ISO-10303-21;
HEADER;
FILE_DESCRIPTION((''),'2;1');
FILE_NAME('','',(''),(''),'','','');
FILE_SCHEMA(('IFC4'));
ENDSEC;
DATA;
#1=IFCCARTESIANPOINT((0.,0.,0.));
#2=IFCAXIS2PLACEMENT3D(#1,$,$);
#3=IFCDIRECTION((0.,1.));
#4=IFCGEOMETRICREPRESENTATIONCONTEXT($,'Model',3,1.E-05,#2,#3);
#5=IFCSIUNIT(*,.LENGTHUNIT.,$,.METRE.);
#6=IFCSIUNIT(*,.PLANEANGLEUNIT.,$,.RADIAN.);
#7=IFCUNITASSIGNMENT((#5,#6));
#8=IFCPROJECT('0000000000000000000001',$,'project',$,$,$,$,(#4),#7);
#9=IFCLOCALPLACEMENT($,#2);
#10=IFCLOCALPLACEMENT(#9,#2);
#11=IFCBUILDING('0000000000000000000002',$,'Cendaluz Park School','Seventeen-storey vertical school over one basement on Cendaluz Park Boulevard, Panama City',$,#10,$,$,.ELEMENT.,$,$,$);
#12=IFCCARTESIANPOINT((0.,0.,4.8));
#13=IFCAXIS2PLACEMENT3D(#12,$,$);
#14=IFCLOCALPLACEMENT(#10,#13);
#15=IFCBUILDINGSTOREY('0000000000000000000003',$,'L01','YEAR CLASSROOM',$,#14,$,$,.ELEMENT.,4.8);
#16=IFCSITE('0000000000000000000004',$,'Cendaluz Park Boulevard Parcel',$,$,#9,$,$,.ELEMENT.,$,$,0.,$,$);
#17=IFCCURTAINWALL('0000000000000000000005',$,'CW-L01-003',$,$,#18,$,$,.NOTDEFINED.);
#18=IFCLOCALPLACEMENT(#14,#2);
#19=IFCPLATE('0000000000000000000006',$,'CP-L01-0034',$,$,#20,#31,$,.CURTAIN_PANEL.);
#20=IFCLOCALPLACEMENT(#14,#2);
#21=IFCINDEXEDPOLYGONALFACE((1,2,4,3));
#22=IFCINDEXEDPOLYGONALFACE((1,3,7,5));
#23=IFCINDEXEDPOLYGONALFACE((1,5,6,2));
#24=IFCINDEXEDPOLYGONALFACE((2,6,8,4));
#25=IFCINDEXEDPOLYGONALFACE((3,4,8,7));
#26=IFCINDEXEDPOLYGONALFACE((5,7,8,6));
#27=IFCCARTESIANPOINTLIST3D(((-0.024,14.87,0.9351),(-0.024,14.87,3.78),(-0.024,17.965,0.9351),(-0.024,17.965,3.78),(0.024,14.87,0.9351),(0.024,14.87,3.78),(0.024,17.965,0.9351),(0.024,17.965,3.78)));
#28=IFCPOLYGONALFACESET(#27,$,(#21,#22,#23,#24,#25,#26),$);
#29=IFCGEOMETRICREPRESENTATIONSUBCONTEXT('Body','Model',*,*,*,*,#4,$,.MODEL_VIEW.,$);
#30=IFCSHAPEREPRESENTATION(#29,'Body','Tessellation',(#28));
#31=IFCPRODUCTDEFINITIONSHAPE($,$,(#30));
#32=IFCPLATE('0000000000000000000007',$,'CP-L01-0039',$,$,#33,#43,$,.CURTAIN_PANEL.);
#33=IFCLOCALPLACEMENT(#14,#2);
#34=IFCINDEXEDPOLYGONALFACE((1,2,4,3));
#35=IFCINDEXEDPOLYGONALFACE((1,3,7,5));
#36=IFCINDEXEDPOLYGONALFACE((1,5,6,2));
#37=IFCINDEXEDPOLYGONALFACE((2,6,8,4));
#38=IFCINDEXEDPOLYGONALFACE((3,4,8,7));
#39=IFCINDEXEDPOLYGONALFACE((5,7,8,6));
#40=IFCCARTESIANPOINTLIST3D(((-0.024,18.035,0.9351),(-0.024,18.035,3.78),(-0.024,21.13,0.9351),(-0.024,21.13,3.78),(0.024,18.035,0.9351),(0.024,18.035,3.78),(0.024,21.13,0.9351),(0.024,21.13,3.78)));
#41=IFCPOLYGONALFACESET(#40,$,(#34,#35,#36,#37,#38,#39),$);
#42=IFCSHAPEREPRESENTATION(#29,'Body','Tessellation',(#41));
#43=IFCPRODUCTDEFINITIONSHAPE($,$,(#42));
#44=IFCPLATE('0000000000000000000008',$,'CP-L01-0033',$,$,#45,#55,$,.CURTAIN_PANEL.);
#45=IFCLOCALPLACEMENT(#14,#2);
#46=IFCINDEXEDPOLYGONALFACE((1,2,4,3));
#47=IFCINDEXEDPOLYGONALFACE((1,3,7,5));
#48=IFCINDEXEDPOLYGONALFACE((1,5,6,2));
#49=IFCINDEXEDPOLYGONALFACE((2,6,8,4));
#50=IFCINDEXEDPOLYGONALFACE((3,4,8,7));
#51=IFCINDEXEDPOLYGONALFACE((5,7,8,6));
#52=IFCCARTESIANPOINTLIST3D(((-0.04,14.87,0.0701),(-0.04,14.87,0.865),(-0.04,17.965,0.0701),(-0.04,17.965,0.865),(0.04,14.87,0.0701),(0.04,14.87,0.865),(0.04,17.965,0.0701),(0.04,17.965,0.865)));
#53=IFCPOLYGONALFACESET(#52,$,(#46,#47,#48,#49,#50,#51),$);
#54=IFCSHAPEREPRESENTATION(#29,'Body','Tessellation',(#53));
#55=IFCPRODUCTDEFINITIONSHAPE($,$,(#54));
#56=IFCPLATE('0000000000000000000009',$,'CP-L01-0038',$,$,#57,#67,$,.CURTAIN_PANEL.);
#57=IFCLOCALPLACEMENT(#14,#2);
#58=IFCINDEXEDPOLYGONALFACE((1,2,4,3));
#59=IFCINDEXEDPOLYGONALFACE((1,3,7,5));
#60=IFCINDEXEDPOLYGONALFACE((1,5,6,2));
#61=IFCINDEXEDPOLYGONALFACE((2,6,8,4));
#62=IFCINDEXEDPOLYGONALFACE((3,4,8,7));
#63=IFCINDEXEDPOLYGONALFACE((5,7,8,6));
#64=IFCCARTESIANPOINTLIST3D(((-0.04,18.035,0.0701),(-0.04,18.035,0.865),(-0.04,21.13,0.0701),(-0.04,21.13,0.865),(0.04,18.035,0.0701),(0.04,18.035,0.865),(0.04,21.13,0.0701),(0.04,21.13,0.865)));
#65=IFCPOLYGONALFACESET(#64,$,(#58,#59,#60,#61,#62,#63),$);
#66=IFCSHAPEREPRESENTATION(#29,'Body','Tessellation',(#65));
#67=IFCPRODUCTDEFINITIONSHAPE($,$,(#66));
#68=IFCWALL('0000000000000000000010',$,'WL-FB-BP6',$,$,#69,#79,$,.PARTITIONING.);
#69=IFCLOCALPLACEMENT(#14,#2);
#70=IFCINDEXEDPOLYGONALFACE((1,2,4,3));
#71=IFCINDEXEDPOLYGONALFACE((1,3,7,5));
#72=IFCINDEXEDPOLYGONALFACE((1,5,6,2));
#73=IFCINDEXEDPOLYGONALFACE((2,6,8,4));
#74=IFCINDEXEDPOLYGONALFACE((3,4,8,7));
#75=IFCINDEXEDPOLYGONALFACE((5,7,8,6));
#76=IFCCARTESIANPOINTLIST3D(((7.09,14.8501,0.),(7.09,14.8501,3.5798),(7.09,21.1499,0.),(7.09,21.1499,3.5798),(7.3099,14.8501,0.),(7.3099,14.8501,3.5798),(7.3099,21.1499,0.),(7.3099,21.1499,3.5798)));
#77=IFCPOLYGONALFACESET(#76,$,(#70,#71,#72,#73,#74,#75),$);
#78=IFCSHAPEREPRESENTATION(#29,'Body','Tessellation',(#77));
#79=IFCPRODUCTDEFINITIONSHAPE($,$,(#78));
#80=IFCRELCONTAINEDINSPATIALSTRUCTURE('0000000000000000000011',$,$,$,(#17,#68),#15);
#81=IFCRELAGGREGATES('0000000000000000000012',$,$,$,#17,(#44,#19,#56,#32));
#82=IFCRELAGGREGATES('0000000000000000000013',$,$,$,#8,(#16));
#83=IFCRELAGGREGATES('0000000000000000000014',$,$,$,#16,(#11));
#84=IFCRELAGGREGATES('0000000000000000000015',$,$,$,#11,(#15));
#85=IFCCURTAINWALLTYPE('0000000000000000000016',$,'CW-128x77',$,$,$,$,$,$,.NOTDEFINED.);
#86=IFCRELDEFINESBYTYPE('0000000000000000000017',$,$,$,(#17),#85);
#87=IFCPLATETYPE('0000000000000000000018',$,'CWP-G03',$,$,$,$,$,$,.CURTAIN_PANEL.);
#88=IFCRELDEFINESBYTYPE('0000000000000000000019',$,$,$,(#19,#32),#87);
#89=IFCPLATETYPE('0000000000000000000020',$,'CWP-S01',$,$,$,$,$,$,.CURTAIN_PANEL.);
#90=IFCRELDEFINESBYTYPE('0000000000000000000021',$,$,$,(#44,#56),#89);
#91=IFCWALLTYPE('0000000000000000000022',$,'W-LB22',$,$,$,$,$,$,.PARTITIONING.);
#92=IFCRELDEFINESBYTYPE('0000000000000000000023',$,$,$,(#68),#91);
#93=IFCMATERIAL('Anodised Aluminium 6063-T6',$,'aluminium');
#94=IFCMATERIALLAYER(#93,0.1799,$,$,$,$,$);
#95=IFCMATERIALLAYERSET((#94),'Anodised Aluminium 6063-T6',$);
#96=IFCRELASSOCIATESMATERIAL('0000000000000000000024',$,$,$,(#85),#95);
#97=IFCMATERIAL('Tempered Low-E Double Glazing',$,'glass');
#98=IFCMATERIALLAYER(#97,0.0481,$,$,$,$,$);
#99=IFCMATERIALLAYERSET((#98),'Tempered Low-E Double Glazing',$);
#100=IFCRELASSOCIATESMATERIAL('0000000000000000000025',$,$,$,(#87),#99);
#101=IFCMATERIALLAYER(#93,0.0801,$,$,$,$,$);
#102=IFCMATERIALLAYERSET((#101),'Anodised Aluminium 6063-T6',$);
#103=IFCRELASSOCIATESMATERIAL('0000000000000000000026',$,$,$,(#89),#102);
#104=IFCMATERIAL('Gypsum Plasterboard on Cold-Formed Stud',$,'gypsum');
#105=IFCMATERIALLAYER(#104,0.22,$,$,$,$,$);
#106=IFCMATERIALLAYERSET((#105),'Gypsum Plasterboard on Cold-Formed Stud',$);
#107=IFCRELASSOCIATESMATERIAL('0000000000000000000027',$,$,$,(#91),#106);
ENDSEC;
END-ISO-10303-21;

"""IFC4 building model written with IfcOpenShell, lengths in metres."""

from ifc_helpers import new_model, si_unit, direction, frame, frame_2d, origin, origin_2d, place, context, subcontext, project, spatial, rectangle, extrude, material, layer, layer_set, type_object, element, aggregate, save


model = new_model("IFC4")

# Units and contexts
model_context = context("Model", 3, precision=1e-05, world=origin(), true_north=direction((0.0, 1.0)))
body_context = subcontext(model_context, "Body", "Model", "MODEL_VIEW")
ifc_project = project(units=[si_unit("LENGTHUNIT", "METRE"), si_unit("PLANEANGLEUNIT", "RADIAN")], contexts=[model_context])

# Site, building, storey
site_placement = place(None, origin())
site = spatial("IfcSite", under=ifc_project, at=site_placement, Name="Cendaluz Park Boulevard Parcel", CompositionType="ELEMENT", RefElevation=0.0)
building_placement = place(site_placement, origin())
building = spatial("IfcBuilding", under=site, at=building_placement, Name="Cendaluz Park School", Description="Seventeen-storey vertical school over one basement on Cendaluz Park Boulevard, Panama City", CompositionType="ELEMENT")
storey_placement = place(building_placement, frame((0.0, 0.0, 4.8)))
storey = spatial("IfcBuildingStorey", under=building, at=storey_placement, Name="L01", Description="YEAR CLASSROOM", CompositionType="ELEMENT", Elevation=4.8)

# Curtain wall, plates
ifc_material_1 = material(Name="Anodised Aluminium 6063-T6", Category="aluminium")
ifc_layer_1 = layer(ifc_material_1, 0.1799)
ifc_layer_set_1 = layer_set([ifc_layer_1], Name="Anodised Aluminium 6063-T6")
curtain_wall_type = type_object("IfcCurtainWallType", Name="CW-128x77", PredefinedType="NOTDEFINED", material=ifc_layer_set_1)
curtain_wall_placement = place(storey_placement, origin())
curtain_wall = element("IfcCurtainWall", 1, at=curtain_wall_placement, inside=storey, type_object=curtain_wall_type, Name="CW-L01-003", PredefinedType="NOTDEFINED")
ifc_material_2 = material(Name="Tempered Low-E Double Glazing", Category="glass")
ifc_layer_2 = layer(ifc_material_2, 0.0481)
ifc_layer_set_2 = layer_set([ifc_layer_2], Name="Tempered Low-E Double Glazing")
plate_type_1 = type_object("IfcPlateType", Name="CWP-G03", PredefinedType="CURTAIN_PANEL", material=ifc_layer_set_2)
plate_1_placement = place(storey_placement, frame((0.0, 16.4175, 0.9351), z_axis=(0.0, 0.0, 1.0), x_axis=(0.0, 1.0, 0.0)))
plate_1 = element("IfcPlate", 2, at=plate_1_placement, type_object=plate_type_1, Name="CP-L01-0034", PredefinedType="CURTAIN_PANEL", context=body_context, shape_type="SweptSolid", body=[
    extrude(rectangle(XDim=3.095, YDim=0.0481, at=origin_2d()), origin(), (0.0, 0.0, 1.0), 2.845),
])
plate_2_placement = place(storey_placement, frame((0.0, 19.5825, 0.9351), z_axis=(0.0, 0.0, 1.0), x_axis=(0.0, 1.0, 0.0)))
plate_2 = element("IfcPlate", 3, at=plate_2_placement, type_object=plate_type_1, Name="CP-L01-0039", PredefinedType="CURTAIN_PANEL", context=body_context, shape_type="SweptSolid", body=[
    extrude(rectangle(XDim=3.095, YDim=0.0481, at=origin_2d()), origin(), (0.0, 0.0, 1.0), 2.845),
])
ifc_layer_3 = layer(ifc_material_1, 0.0801)
ifc_layer_set_3 = layer_set([ifc_layer_3], Name="Anodised Aluminium 6063-T6")
plate_type_2 = type_object("IfcPlateType", Name="CWP-S01", PredefinedType="CURTAIN_PANEL", material=ifc_layer_set_3)
plate_3_placement = place(storey_placement, frame((0.0, 16.4175, 0.0701), z_axis=(0.0, 0.0, 1.0), x_axis=(0.0, 1.0, 0.0)))
plate_3 = element("IfcPlate", 4, at=plate_3_placement, type_object=plate_type_2, Name="CP-L01-0033", PredefinedType="CURTAIN_PANEL", context=body_context, shape_type="SweptSolid", body=[
    extrude(rectangle(XDim=3.095, YDim=0.0801, at=origin_2d()), origin(), (0.0, 0.0, 1.0), 0.7949),
])
plate_4_placement = place(storey_placement, frame((0.0, 19.5825, 0.0701), z_axis=(0.0, 0.0, 1.0), x_axis=(0.0, 1.0, 0.0)))
plate_4 = element("IfcPlate", 5, at=plate_4_placement, type_object=plate_type_2, Name="CP-L01-0038", PredefinedType="CURTAIN_PANEL", context=body_context, shape_type="SweptSolid", body=[
    extrude(rectangle(XDim=3.095, YDim=0.0801, at=origin_2d()), origin(), (0.0, 0.0, 1.0), 0.7949),
])
aggregate(curtain_wall, [plate_3, plate_1, plate_4, plate_2])

# Wall
ifc_material_3 = material(Name="Gypsum Plasterboard on Cold-Formed Stud", Category="gypsum")
ifc_layer_4 = layer(ifc_material_3, 0.22)
ifc_layer_set_4 = layer_set([ifc_layer_4], Name="Gypsum Plasterboard on Cold-Formed Stud")
wall_type = type_object("IfcWallType", Name="W-LB22", PredefinedType="PARTITIONING", material=ifc_layer_set_4)
wall_placement = place(storey_placement, frame((7.2, 14.8501, 0.0), z_axis=(0.0, 0.0, 1.0), x_axis=(0.0, 1.0, 0.0)))
element("IfcWall", 6, at=wall_placement, inside=storey, type_object=wall_type, Name="WL-FB-BP6", PredefinedType="PARTITIONING", context=body_context, shape_type="SweptSolid", body=[
    extrude(rectangle(XDim=6.2998, YDim=0.22, at=frame_2d((3.1499, 0.0))), origin(), (0.0, 0.0, 1.0), 3.5798),
])

save(model, "model.ifc")
